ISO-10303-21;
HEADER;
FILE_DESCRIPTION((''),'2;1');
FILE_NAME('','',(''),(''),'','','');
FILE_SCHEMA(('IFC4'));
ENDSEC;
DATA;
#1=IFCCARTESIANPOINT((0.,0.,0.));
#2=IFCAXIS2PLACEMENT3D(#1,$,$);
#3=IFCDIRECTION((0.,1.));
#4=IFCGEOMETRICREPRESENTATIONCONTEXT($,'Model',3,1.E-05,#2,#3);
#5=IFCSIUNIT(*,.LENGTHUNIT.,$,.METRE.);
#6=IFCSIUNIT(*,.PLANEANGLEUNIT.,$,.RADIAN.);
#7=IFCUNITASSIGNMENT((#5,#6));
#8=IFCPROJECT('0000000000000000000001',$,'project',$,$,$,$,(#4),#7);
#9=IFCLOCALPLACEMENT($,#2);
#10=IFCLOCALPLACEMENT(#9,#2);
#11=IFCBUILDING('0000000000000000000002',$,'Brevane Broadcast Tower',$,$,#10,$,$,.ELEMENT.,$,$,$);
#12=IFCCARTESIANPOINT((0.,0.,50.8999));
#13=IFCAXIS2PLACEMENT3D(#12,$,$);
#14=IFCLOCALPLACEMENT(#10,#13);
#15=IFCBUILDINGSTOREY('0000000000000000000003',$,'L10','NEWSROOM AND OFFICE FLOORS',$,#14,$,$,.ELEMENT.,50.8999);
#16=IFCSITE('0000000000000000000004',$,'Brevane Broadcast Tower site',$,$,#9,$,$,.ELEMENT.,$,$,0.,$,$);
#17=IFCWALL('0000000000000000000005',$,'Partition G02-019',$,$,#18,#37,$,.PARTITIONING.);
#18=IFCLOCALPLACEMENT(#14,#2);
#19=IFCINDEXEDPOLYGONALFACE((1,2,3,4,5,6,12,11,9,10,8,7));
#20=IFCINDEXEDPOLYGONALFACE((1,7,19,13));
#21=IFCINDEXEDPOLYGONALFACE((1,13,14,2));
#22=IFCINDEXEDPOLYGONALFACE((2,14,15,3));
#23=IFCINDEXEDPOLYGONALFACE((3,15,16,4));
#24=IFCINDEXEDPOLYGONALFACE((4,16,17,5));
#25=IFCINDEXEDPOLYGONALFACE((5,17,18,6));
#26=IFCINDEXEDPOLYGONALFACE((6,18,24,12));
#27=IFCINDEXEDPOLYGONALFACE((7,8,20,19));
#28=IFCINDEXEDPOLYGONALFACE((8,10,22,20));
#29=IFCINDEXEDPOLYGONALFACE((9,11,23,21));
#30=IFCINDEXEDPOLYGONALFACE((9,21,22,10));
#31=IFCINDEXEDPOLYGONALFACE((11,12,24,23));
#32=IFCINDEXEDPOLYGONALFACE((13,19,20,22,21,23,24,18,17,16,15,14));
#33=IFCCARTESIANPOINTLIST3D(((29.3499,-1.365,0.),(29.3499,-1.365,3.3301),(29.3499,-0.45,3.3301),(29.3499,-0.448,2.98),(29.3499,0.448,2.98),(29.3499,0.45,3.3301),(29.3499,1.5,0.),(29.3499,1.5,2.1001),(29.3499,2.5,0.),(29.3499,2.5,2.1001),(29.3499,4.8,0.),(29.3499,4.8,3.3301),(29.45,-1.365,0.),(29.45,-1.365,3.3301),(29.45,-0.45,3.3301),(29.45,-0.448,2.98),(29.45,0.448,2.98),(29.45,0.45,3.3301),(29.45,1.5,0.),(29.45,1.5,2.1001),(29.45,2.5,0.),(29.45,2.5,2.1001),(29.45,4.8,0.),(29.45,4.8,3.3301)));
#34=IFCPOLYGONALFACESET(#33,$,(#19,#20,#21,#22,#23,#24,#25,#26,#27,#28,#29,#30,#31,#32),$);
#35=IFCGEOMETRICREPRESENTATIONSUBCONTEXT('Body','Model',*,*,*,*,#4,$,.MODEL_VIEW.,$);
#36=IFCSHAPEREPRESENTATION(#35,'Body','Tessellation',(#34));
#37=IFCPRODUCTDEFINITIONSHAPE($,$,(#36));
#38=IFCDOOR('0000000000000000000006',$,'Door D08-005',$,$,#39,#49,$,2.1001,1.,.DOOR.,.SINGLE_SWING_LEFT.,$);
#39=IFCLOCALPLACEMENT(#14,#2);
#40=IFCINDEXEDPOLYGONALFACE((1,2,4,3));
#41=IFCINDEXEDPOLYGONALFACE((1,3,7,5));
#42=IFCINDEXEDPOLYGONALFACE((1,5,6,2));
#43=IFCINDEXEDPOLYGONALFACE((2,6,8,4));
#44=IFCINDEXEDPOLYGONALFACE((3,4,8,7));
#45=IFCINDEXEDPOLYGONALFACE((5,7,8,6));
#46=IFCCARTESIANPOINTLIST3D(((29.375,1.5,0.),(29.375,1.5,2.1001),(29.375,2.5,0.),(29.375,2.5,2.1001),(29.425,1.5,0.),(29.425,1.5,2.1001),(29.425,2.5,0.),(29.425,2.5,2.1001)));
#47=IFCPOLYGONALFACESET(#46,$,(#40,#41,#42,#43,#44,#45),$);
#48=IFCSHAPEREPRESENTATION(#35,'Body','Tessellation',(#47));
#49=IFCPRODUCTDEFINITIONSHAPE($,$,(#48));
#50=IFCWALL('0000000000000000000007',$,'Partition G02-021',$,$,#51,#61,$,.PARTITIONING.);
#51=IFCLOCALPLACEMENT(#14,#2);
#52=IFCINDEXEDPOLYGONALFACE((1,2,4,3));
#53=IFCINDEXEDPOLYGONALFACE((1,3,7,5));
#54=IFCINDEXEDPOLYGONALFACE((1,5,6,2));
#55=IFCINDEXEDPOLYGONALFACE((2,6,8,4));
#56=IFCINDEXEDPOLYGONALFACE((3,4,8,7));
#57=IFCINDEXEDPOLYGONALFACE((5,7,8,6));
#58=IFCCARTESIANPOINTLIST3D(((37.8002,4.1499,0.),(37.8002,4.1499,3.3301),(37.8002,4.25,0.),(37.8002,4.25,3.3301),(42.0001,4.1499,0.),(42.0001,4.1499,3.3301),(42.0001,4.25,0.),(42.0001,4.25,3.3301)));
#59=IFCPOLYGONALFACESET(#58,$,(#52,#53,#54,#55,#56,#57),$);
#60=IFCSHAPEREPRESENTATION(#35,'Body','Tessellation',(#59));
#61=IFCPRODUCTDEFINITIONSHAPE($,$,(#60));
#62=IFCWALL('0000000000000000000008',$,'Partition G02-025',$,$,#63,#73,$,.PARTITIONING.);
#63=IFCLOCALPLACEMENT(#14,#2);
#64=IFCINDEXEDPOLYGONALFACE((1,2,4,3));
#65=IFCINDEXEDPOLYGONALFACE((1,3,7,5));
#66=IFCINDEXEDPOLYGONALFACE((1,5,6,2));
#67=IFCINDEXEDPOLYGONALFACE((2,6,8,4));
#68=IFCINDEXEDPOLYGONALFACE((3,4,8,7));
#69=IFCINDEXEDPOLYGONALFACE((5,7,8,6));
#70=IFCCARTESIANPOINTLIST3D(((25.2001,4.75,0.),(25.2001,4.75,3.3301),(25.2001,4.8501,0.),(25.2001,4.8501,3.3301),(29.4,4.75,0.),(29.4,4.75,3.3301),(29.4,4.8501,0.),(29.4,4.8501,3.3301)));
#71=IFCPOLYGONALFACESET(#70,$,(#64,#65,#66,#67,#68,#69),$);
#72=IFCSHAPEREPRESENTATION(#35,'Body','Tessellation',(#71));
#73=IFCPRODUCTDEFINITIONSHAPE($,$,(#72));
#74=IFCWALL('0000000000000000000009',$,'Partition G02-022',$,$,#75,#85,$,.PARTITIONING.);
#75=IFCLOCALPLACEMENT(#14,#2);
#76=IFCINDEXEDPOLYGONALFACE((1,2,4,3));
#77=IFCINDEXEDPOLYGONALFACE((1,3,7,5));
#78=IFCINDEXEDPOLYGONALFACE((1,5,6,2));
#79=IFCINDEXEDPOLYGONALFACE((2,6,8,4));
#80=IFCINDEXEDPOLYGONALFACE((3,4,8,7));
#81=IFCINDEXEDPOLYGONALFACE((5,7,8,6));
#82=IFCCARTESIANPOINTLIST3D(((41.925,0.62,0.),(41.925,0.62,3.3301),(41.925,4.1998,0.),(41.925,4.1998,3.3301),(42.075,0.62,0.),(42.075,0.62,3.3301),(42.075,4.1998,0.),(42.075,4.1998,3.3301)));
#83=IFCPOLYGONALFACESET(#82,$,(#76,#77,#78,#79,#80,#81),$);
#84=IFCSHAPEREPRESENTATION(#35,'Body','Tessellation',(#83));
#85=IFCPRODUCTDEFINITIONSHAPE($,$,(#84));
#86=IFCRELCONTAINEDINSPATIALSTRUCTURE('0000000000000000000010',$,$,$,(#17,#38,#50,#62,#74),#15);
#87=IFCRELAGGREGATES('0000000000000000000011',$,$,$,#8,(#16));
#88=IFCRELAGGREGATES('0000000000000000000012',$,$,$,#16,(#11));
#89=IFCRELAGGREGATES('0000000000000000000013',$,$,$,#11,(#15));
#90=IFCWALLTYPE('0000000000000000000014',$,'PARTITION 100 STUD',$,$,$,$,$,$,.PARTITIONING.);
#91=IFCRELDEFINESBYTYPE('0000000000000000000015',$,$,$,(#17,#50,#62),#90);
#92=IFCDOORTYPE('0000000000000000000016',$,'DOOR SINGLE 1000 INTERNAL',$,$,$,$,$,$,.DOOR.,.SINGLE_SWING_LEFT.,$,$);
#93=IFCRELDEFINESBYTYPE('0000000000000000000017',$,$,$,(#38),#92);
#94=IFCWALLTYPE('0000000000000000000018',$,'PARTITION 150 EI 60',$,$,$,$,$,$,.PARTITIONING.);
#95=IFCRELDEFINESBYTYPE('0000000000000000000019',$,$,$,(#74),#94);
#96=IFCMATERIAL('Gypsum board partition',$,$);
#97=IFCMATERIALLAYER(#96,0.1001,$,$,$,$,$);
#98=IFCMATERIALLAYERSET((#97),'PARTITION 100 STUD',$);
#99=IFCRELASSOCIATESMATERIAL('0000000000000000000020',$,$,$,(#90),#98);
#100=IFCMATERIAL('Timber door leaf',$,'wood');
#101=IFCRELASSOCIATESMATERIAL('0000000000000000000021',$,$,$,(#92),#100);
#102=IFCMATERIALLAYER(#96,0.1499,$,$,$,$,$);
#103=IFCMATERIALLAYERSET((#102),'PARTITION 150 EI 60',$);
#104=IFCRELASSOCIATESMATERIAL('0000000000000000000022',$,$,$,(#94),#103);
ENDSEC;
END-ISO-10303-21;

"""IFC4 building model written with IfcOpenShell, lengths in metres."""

from ifc_helpers import new_model, si_unit, direction, frame, frame_2d, origin, place, context, subcontext, project, spatial, polyline, rectangle, outline, extrude, material, layer, layer_set, type_object, element, fill, save


model = new_model("IFC4")

# Units and contexts
model_context = context("Model", 3, precision=1e-05, world=origin(), true_north=direction((0.0, 1.0)))
body_context = subcontext(model_context, "Body", "Model", "MODEL_VIEW")
ifc_project = project(units=[si_unit("LENGTHUNIT", "METRE"), si_unit("PLANEANGLEUNIT", "RADIAN")], contexts=[model_context])

# Site, building, storey
site_placement = place(None, origin())
site = spatial("IfcSite", under=ifc_project, at=site_placement, Name="Brevane Broadcast Tower site", CompositionType="ELEMENT", RefElevation=0.0)
building_placement = place(site_placement, origin())
building = spatial("IfcBuilding", under=site, at=building_placement, Name="Brevane Broadcast Tower", CompositionType="ELEMENT")
storey_placement = place(building_placement, frame((0.0, 0.0, 50.8999)))
storey = spatial("IfcBuildingStorey", under=building, at=storey_placement, Name="L10", Description="NEWSROOM AND OFFICE FLOORS", CompositionType="ELEMENT", Elevation=50.8999)

# Wall, opening, door
ifc_material_1 = material(Name="Gypsum board partition")
ifc_layer_1 = layer(ifc_material_1, 0.1001)
ifc_layer_set_1 = layer_set([ifc_layer_1], Name="PARTITION 100 STUD")
wall_type_1 = type_object("IfcWallType", Name="PARTITION 100 STUD", PredefinedType="PARTITIONING", material=ifc_layer_set_1)
ifc_material_2 = material(Name="Timber door leaf", Category="wood")
door_type = type_object("IfcDoorType", Name="DOOR SINGLE 1000 INTERNAL", OperationType="SINGLE_SWING_LEFT", PredefinedType="DOOR", material=ifc_material_2)
wall_1_placement = place(storey_placement, frame((29.3999, -1.365, 0.0), z_axis=(0.0, 0.0, 1.0), x_axis=(0.0, 1.0, 0.0)))
wall_1 = element("IfcWall", 1, at=wall_1_placement, inside=storey, type_object=wall_type_1, Name="Partition G02-019", PredefinedType="PARTITIONING", context=body_context, shape_type="SweptSolid", body=[
    extrude(outline(polyline([(0.0, 0.0), (6.165, 0.0), (6.165, 3.3301), (1.8149, 3.3301), (1.813, 2.98), (0.917, 2.98), (0.915, 3.3301), (0.2649, 3.3301), (0.0, 3.3301), (0.0, 0.0)])), frame((0.0, 0.05, 0.0), z_axis=(0.0, -1.0, 0.0), x_axis=(1.0, 0.0, 0.0)), (0.0, 0.0, 1.0), 0.1001),
])
opening_1_placement = place(wall_1_placement, frame((2.865, 0.0, 0.0)))
opening_1 = element("IfcOpeningElement", 2, at=opening_1_placement, cuts=wall_1, PredefinedType="OPENING", context=body_context, shape_type="SweptSolid", body=[
    extrude(rectangle(XDim=1.0, YDim=2.1001, at=frame_2d((0.5, 1.05))), frame((0.0, 0.0601, 0.0), z_axis=(0.0, -1.0, 0.0), x_axis=(1.0, 0.0, 0.0)), (0.0, 0.0, 1.0), 0.1201),
])
door_1_placement = place(opening_1_placement, origin())
door_1 = element("IfcDoor", 3, at=door_1_placement, inside=storey, type_object=door_type, Name="Door D08-005", OperationType="SINGLE_SWING_LEFT", OverallHeight=2.1001, OverallWidth=1.0, PredefinedType="DOOR", context=body_context, shape_type="SweptSolid", body=[
    extrude(rectangle(XDim=1.0, YDim=2.1001, at=frame_2d((0.5, 1.05))), frame((0.0, 0.0249, 0.0), z_axis=(0.0, -1.0, 0.0), x_axis=(1.0, 0.0, 0.0)), (0.0, 0.0, 1.0), 0.05),
])
fill(opening_1, door_1)

# Walls
for number, where, z_axis, x_axis, name in (
    (4, (37.8, 4.2, 0.0), (0.0, 0.0, 1.0), (1.0, 0.0, 0.0), "Partition G02-021"),
    (5, (25.2, 4.8, 0.0), (0.0, 0.0, 1.0), (1.0, 0.0, 0.0), "Partition G02-025"),
):
    element("IfcWall", number, at=place(storey_placement, frame(where, z_axis=z_axis, x_axis=x_axis)), inside=storey, type_object=wall_type_1, Name=name, PredefinedType="PARTITIONING", context=body_context, shape_type="SweptSolid", body=[
        extrude(rectangle(XDim=4.2, YDim=0.1001, at=frame_2d((2.1001, 0.0))), origin(), (0.0, 0.0, 1.0), 3.3301),
    ])
ifc_layer_2 = layer(ifc_material_1, 0.1499)
ifc_layer_set_2 = layer_set([ifc_layer_2], Name="PARTITION 150 EI 60")
wall_type_2 = type_object("IfcWallType", Name="PARTITION 150 EI 60", PredefinedType="PARTITIONING", material=ifc_layer_set_2)
wall_2_placement = place(storey_placement, frame((42.0, 4.2, 0.0), z_axis=(0.0, 0.0, 1.0), x_axis=(0.0, -1.0, 0.0)))
element("IfcWall", 6, at=wall_2_placement, inside=storey, type_object=wall_type_2, Name="Partition G02-022", PredefinedType="PARTITIONING", context=body_context, shape_type="SweptSolid", body=[
    extrude(rectangle(XDim=3.5798, YDim=0.1499, at=frame_2d((1.79, 0.0))), origin(), (0.0, 0.0, 1.0), 3.3301),
])

save(model, "model.ifc")
